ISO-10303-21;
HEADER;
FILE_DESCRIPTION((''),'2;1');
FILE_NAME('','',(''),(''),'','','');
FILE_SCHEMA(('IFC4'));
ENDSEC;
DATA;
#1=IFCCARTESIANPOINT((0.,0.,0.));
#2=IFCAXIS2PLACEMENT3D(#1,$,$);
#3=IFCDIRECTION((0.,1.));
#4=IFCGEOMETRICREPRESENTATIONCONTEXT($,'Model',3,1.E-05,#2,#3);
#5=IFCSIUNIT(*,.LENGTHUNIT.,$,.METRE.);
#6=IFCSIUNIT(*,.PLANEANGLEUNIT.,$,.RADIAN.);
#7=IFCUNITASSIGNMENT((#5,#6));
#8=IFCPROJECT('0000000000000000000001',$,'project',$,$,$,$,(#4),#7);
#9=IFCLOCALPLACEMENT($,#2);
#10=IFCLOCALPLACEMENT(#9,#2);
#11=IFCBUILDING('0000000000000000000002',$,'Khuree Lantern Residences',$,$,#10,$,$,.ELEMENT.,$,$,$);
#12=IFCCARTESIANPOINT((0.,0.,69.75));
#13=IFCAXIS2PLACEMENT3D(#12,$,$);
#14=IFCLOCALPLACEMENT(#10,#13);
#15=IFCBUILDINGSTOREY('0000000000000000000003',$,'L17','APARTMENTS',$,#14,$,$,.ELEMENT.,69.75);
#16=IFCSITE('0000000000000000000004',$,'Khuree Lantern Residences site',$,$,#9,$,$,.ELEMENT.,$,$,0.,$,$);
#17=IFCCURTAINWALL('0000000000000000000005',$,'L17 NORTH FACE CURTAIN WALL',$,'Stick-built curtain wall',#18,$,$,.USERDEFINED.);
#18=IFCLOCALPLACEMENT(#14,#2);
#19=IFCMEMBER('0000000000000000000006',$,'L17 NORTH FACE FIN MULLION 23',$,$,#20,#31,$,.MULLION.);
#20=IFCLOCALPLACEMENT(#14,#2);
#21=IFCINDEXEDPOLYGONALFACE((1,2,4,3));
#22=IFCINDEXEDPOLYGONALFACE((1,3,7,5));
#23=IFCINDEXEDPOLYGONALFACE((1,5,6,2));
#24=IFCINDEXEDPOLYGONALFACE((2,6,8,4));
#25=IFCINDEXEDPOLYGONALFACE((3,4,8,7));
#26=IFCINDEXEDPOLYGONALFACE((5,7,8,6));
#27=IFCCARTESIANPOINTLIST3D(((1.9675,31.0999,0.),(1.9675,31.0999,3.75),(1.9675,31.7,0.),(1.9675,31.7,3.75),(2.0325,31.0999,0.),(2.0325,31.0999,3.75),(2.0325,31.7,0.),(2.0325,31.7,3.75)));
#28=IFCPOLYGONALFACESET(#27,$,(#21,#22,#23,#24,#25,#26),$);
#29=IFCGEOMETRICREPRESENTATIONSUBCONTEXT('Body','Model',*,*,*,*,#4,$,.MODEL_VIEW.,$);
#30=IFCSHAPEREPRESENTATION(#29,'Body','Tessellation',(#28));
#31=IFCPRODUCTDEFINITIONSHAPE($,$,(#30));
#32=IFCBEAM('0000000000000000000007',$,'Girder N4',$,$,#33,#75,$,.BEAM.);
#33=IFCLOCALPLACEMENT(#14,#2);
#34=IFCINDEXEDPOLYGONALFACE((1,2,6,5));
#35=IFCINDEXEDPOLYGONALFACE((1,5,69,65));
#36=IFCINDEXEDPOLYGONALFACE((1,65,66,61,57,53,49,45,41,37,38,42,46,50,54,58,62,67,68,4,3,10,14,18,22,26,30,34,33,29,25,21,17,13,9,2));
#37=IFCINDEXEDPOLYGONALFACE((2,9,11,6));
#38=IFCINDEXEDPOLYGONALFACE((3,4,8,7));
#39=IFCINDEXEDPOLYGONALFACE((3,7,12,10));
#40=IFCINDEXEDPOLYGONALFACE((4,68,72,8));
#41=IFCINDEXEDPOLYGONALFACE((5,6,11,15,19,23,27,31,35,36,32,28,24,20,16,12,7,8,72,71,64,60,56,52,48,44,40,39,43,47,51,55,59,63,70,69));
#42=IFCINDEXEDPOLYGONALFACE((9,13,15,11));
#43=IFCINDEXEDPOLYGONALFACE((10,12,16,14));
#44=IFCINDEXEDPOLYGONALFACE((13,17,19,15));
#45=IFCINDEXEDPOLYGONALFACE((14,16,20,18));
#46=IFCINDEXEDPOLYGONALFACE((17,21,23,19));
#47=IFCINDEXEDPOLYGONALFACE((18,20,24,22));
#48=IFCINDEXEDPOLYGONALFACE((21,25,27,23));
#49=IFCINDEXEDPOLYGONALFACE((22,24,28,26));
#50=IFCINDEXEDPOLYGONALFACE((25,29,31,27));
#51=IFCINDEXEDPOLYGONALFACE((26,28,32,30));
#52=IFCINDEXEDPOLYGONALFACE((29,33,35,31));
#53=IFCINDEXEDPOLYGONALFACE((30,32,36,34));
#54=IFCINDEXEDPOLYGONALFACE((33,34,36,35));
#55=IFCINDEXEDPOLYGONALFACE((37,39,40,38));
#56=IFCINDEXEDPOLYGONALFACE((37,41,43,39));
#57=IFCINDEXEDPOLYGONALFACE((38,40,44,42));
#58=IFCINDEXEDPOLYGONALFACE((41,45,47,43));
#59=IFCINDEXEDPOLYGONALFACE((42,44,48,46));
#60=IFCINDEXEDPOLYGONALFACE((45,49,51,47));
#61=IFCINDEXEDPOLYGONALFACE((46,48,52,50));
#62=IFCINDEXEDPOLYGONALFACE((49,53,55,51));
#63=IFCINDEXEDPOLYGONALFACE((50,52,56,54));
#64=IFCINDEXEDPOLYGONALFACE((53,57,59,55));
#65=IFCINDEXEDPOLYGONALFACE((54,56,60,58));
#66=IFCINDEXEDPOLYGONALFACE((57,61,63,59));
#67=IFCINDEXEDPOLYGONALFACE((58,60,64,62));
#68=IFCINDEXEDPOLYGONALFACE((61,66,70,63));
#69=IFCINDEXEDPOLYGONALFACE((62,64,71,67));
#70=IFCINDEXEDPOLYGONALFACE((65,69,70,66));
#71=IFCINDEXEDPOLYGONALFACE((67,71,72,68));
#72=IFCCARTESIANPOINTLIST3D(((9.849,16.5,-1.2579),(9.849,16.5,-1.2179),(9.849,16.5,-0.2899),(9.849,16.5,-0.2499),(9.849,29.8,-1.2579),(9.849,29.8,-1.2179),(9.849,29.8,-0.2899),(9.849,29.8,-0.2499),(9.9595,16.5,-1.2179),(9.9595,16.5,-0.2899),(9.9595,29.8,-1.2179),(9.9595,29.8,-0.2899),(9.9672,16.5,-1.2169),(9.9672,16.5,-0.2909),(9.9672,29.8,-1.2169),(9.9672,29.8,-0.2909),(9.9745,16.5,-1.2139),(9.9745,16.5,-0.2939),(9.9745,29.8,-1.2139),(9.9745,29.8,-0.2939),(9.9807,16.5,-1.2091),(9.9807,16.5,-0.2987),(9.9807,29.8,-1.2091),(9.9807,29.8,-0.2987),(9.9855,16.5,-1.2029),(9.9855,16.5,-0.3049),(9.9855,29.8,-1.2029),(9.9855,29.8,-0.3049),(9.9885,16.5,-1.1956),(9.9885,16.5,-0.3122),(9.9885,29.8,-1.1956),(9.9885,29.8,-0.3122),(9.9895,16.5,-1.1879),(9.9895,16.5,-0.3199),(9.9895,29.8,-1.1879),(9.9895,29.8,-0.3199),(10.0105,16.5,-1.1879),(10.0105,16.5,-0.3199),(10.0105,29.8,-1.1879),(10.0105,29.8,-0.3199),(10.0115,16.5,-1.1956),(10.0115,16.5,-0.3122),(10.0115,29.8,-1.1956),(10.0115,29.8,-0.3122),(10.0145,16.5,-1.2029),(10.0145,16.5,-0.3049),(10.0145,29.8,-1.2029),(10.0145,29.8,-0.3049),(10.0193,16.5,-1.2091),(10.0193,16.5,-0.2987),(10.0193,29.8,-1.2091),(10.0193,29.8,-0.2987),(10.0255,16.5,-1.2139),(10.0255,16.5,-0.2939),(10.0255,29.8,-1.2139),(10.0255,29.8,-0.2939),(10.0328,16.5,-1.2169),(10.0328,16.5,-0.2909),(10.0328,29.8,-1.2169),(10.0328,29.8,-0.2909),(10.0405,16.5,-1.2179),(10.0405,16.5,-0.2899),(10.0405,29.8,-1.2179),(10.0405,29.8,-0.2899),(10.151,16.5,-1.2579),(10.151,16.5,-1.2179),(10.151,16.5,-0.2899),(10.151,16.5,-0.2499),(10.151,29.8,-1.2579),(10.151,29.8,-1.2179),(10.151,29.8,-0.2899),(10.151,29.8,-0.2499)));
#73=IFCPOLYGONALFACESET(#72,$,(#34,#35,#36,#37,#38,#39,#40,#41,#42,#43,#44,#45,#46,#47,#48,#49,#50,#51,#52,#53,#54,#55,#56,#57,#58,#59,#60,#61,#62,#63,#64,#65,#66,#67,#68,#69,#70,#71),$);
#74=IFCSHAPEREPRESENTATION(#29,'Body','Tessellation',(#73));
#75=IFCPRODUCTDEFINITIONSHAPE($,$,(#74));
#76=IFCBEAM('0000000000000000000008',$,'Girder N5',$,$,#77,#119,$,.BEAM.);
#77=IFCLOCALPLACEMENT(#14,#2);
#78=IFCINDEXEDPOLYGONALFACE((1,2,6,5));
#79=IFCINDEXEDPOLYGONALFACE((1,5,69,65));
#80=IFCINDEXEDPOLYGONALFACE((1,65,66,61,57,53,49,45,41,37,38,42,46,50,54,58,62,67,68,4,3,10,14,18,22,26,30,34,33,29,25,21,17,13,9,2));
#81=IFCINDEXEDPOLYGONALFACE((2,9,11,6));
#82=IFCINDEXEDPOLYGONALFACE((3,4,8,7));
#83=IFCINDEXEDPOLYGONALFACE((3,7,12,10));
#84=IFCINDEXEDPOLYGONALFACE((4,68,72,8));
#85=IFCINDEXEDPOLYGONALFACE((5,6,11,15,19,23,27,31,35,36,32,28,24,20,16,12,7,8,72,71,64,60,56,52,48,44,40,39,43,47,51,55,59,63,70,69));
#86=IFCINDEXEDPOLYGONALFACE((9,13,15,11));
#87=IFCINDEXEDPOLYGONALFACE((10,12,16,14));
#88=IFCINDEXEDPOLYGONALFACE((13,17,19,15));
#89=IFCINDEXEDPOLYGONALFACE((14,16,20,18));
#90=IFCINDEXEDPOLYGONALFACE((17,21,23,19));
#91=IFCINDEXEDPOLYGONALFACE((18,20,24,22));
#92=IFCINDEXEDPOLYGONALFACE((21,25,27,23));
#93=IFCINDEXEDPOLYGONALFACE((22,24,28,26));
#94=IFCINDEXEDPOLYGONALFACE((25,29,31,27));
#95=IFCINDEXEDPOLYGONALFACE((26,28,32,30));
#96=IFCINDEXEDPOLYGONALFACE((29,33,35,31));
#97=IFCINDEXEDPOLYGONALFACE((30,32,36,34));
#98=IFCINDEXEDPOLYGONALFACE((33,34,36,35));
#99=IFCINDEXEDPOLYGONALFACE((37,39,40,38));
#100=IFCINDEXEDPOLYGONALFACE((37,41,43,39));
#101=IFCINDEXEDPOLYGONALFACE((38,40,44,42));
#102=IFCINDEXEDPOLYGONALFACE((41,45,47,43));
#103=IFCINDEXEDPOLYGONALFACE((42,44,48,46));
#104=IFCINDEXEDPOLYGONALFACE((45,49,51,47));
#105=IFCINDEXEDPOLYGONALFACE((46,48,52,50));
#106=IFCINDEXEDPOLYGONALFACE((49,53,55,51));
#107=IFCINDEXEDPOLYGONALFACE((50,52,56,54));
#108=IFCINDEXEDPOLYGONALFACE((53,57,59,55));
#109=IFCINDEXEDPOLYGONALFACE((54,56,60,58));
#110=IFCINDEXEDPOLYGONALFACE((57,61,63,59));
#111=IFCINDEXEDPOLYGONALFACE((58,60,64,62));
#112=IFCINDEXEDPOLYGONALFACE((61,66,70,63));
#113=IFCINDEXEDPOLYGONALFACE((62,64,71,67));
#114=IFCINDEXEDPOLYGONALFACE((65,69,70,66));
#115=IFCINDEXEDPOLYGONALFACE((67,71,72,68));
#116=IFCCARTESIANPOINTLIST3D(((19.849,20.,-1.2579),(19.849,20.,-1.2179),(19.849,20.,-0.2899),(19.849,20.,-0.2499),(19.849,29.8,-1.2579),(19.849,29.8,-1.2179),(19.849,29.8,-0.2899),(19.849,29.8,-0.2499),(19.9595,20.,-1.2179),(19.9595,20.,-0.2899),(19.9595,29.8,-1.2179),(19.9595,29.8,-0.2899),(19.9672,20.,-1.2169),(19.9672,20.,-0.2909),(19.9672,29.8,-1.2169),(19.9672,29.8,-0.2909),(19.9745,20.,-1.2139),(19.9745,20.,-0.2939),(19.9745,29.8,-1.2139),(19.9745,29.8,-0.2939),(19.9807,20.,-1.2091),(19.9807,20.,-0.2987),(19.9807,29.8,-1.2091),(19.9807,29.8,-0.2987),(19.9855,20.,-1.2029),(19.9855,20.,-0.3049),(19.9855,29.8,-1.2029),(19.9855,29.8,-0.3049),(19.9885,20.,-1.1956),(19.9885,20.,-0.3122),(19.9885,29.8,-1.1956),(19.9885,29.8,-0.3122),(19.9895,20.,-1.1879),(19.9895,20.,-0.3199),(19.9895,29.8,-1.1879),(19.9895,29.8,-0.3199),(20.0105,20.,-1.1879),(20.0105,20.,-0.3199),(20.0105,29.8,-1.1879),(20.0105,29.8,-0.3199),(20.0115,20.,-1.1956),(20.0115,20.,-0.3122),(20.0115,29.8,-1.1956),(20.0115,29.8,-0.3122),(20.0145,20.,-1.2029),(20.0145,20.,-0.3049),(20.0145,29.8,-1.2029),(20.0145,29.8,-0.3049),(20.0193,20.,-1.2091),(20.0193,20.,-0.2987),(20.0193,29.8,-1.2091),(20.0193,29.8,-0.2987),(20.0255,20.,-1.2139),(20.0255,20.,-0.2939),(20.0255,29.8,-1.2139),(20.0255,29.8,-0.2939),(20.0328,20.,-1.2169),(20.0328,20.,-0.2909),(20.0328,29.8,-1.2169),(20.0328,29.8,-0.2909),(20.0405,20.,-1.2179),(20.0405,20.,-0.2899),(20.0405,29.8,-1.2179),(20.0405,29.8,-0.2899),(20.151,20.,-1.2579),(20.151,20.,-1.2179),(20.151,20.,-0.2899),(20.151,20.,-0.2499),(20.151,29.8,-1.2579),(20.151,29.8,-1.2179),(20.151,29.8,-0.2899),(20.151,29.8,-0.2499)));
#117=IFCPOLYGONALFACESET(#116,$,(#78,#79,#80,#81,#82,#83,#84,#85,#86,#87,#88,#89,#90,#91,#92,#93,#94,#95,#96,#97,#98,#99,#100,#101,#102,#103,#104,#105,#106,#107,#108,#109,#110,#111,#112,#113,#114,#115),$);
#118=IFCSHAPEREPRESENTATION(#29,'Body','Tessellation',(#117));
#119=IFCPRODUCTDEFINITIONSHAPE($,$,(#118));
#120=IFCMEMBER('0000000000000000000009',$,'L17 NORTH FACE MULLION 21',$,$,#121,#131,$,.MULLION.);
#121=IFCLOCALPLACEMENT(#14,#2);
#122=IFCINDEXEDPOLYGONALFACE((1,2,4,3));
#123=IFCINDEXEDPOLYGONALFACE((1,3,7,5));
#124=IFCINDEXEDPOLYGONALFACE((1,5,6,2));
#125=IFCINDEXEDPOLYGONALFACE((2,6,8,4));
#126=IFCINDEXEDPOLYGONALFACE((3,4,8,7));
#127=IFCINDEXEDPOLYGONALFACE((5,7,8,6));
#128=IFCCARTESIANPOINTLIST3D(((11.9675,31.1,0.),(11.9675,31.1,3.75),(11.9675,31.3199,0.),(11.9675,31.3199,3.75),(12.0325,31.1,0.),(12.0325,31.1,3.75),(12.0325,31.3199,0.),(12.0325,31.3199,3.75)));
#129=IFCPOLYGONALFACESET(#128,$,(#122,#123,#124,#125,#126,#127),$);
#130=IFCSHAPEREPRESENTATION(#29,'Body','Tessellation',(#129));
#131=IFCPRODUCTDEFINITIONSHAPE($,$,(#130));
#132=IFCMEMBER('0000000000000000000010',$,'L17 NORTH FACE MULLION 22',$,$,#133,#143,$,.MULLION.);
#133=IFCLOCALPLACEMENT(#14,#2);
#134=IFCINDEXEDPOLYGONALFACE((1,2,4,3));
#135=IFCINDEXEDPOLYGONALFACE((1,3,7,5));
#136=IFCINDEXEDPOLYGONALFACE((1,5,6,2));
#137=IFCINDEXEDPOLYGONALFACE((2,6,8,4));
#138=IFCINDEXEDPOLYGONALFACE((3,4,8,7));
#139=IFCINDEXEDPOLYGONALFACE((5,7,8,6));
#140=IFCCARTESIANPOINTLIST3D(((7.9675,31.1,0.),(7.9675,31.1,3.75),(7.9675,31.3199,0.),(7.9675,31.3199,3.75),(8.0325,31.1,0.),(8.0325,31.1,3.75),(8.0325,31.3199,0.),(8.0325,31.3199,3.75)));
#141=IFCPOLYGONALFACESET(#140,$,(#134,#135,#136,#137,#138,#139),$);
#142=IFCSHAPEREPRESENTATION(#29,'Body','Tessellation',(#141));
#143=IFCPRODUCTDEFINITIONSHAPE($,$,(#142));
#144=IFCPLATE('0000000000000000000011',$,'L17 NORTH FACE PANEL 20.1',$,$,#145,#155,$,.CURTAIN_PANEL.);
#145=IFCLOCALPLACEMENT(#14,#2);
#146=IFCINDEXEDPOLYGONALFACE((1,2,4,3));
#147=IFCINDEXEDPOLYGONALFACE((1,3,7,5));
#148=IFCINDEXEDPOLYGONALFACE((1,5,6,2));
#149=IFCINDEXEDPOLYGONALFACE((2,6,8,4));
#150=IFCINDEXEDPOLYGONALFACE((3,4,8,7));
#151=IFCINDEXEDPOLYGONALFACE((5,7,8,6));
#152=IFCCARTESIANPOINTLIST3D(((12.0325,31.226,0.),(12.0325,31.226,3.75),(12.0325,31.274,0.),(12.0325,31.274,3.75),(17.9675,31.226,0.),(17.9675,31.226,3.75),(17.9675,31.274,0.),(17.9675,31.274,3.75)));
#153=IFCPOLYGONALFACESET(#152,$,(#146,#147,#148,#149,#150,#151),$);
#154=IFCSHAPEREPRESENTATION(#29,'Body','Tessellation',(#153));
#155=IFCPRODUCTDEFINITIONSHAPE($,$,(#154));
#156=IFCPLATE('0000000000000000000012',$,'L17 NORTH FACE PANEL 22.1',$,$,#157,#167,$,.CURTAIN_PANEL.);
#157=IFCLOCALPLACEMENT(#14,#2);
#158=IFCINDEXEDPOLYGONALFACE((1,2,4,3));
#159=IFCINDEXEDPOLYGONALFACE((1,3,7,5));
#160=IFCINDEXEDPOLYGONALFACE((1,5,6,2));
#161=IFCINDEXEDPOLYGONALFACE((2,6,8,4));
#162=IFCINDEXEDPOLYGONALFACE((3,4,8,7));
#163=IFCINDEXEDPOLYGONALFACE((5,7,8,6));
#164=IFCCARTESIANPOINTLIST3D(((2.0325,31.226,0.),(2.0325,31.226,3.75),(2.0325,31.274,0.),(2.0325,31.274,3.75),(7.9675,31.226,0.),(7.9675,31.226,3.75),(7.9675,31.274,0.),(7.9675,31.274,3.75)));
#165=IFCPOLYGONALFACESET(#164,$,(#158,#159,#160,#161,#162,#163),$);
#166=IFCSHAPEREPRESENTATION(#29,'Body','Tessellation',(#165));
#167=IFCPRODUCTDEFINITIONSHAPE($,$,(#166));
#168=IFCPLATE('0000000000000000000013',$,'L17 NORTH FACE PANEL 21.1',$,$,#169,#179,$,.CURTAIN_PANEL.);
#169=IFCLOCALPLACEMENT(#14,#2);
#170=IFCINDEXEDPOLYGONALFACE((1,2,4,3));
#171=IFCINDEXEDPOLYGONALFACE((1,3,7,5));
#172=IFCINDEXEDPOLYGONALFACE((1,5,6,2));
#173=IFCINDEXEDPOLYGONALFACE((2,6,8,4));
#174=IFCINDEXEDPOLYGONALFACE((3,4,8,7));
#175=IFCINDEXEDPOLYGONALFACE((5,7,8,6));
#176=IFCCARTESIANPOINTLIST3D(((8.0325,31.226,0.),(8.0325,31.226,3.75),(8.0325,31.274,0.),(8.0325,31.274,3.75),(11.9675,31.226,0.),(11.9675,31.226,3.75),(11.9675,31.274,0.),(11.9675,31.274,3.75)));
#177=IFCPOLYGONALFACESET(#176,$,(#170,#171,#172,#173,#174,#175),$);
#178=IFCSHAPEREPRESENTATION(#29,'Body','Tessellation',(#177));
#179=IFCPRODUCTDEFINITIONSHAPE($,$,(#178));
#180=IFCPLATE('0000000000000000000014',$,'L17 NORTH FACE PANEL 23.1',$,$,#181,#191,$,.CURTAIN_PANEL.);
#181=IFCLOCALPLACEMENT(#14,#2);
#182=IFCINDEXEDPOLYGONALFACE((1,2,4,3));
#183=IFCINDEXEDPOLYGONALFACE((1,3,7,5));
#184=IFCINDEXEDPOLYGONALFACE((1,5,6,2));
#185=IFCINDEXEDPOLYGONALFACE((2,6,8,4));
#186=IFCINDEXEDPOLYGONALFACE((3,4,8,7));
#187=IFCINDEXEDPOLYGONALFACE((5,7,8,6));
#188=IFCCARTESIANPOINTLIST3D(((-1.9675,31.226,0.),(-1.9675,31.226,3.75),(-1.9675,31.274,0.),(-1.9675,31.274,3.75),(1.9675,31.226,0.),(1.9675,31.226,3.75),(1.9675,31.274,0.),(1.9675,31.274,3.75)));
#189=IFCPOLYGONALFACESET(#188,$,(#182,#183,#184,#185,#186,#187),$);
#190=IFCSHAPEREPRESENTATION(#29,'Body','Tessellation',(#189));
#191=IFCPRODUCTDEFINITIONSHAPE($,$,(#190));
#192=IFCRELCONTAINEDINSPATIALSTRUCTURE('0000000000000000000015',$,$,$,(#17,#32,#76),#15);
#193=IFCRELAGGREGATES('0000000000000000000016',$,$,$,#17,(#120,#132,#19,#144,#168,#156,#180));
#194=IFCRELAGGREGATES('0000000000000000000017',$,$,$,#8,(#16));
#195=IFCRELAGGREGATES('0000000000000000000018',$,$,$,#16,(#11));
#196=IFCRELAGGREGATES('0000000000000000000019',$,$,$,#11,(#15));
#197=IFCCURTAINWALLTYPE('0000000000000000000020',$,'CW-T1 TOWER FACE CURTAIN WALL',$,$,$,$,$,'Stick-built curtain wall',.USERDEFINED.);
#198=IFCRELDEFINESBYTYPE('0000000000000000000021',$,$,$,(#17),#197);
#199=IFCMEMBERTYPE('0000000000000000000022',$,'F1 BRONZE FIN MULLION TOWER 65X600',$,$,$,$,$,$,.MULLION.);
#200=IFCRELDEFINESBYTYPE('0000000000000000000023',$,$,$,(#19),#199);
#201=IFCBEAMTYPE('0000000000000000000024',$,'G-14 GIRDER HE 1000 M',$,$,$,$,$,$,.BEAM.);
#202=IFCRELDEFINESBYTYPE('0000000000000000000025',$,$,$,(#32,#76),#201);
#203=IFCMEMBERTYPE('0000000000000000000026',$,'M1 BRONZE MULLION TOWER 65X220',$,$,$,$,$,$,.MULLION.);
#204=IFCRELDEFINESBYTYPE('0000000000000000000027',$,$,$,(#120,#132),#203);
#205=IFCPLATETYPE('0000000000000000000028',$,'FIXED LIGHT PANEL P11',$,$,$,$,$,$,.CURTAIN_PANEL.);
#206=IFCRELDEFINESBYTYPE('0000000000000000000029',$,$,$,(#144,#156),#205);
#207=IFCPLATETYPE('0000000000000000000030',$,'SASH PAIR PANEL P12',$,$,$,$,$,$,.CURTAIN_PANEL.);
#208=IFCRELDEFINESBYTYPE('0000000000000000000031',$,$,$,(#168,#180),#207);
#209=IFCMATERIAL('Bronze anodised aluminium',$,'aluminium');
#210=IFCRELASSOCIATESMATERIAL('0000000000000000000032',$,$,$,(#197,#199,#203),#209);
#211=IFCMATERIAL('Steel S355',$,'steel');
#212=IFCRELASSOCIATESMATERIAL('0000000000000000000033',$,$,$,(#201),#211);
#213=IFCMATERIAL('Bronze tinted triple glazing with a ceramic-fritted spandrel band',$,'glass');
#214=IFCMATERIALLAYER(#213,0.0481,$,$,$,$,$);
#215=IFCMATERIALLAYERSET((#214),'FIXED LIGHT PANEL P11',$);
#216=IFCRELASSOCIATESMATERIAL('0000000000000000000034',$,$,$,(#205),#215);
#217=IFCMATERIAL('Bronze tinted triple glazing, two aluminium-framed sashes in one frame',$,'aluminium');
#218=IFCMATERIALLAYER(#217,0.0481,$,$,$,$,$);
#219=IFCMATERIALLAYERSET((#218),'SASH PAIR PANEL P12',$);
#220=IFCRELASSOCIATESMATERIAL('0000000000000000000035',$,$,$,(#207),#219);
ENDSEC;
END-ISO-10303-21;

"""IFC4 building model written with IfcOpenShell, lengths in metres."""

from ifc_helpers import new_model, si_unit, direction, frame, origin, origin_2d, place, context, subcontext, project, spatial, rectangle, i_section, extrude, material, layer, layer_set, material_profile, profile_set, type_object, element, aggregate, save


model = new_model("IFC4")

# Units and contexts
model_context = context("Model", 3, precision=1e-05, world=origin(), true_north=direction((0.0, 1.0)))
body_context = subcontext(model_context, "Body", "Model", "MODEL_VIEW")
ifc_project = project(units=[si_unit("LENGTHUNIT", "METRE"), si_unit("PLANEANGLEUNIT", "RADIAN")], contexts=[model_context])

# Site, building, storey
site_placement = place(None, origin())
site = spatial("IfcSite", under=ifc_project, at=site_placement, Name="Khuree Lantern Residences site", CompositionType="ELEMENT", RefElevation=0.0)
building_placement = place(site_placement, origin())
building = spatial("IfcBuilding", under=site, at=building_placement, Name="Khuree Lantern Residences", CompositionType="ELEMENT")
storey_placement = place(building_placement, frame((0.0, 0.0, 69.75)))
storey = spatial("IfcBuildingStorey", under=building, at=storey_placement, Name="L17", Description="APARTMENTS", CompositionType="ELEMENT", Elevation=69.75)

# Shared definitions
ifc_material_1 = material(Name="Steel S355", Category="steel")

# Curtain wall, member
ifc_material_2 = material(Name="Bronze anodised aluminium", Category="aluminium")
curtain_wall_type = type_object("IfcCurtainWallType", Name="CW-T1 TOWER FACE CURTAIN WALL", ElementType="Stick-built curtain wall", PredefinedType="USERDEFINED", material=ifc_material_2)
curtain_wall_placement = place(storey_placement, origin())
curtain_wall = element("IfcCurtainWall", 1, at=curtain_wall_placement, inside=storey, type_object=curtain_wall_type, Name="L17 NORTH FACE CURTAIN WALL", ObjectType="Stick-built curtain wall", PredefinedType="USERDEFINED")
ifc_material_profile_1 = material_profile(ifc_material_2, rectangle(XDim=0.0649, YDim=0.6001, at=origin_2d()), Name="F1 65X600")
ifc_profile_set_1 = profile_set([ifc_material_profile_1], Name="Bronze anodised aluminium")
member_type_1 = type_object("IfcMemberType", Name="F1 BRONZE FIN MULLION TOWER 65X600", PredefinedType="MULLION", material=ifc_profile_set_1)
member_1_placement = place(storey_placement, frame((2.0, 31.3999, 0.0), z_axis=(0.0, 0.0, 1.0), x_axis=(-1.0, 0.0, 0.0)))
member_1 = element("IfcMember", 2, at=member_1_placement, type_object=member_type_1, Name="L17 NORTH FACE FIN MULLION 23", PredefinedType="MULLION", context=body_context, shape_type="SweptSolid", body=[
    extrude(rectangle(XDim=0.0649, YDim=0.6001, at=origin_2d()), origin(), (0.0, 0.0, 1.0), 3.75),
])

# Beams
ifc_material_profile_2 = material_profile(ifc_material_1, i_section(OverallWidth=0.302, OverallDepth=1.0081, WebThickness=0.021, FlangeThickness=0.04, FilletRadius=0.03, at=origin_2d()), Name="HE 1000 M")
ifc_profile_set_2 = profile_set([ifc_material_profile_2], Name="Steel S355")
beam_type_1 = type_object("IfcBeamType", Name="G-14 GIRDER HE 1000 M", PredefinedType="BEAM", material=ifc_profile_set_2)
beam_1_placement = place(storey_placement, frame((10.0, 29.8, -0.7539), z_axis=(0.0, -1.0, 0.0), x_axis=(1.0, 0.0, 0.0)))
element("IfcBeam", 3, at=beam_1_placement, inside=storey, type_object=beam_type_1, Name="Girder N4", PredefinedType="BEAM", context=body_context, shape_type="SweptSolid", body=[
    extrude(i_section(OverallWidth=0.302, OverallDepth=1.0081, WebThickness=0.021, FlangeThickness=0.04, FilletRadius=0.03, at=origin_2d()), origin(), (0.0, 0.0, 1.0), 13.3),
])
beam_2_placement = place(storey_placement, frame((20.0, 29.8, -0.7539), z_axis=(0.0, -1.0, 0.0), x_axis=(1.0, 0.0, 0.0)))
element("IfcBeam", 4, at=beam_2_placement, inside=storey, type_object=beam_type_1, Name="Girder N5", PredefinedType="BEAM", context=body_context, shape_type="SweptSolid", body=[
    extrude(i_section(OverallWidth=0.302, OverallDepth=1.0081, WebThickness=0.021, FlangeThickness=0.04, FilletRadius=0.03, at=origin_2d()), origin(), (0.0, 0.0, 1.0), 9.8),
])

# Members
ifc_material_profile_3 = material_profile(ifc_material_2, rectangle(XDim=0.0649, YDim=0.22, at=origin_2d()), Name="M1 65X220")
ifc_profile_set_3 = profile_set([ifc_material_profile_3], Name="Bronze anodised aluminium")
member_type_2 = type_object("IfcMemberType", Name="M1 BRONZE MULLION TOWER 65X220", PredefinedType="MULLION", material=ifc_profile_set_3)
member_2_placement = place(storey_placement, frame((12.0, 31.21, 0.0), z_axis=(0.0, 0.0, 1.0), x_axis=(-1.0, 0.0, 0.0)))
member_2 = element("IfcMember", 5, at=member_2_placement, type_object=member_type_2, Name="L17 NORTH FACE MULLION 21", PredefinedType="MULLION", context=body_context, shape_type="SweptSolid", body=[
    extrude(rectangle(XDim=0.0649, YDim=0.22, at=origin_2d()), origin(), (0.0, 0.0, 1.0), 3.75),
])
member_3_placement = place(storey_placement, frame((8.0, 31.21, 0.0), z_axis=(0.0, 0.0, 1.0), x_axis=(-1.0, 0.0, 0.0)))
member_3 = element("IfcMember", 6, at=member_3_placement, type_object=member_type_2, Name="L17 NORTH FACE MULLION 22", PredefinedType="MULLION", context=body_context, shape_type="SweptSolid", body=[
    extrude(rectangle(XDim=0.0649, YDim=0.22, at=origin_2d()), origin(), (0.0, 0.0, 1.0), 3.75),
])

# Plates
ifc_material_3 = material(Name="Bronze tinted triple glazing with a ceramic-fritted spandrel band", Category="glass")
ifc_layer_1 = layer(ifc_material_3, 0.0481)
ifc_layer_set_1 = layer_set([ifc_layer_1], Name="FIXED LIGHT PANEL P11")
plate_type_1 = type_object("IfcPlateType", Name="FIXED LIGHT PANEL P11", PredefinedType="CURTAIN_PANEL", material=ifc_layer_set_1)
plate_1_placement = place(storey_placement, frame((15.0, 31.25, 0.0), z_axis=(0.0, 0.0, 1.0), x_axis=(-1.0, 0.0, 0.0)))
plate_1 = element("IfcPlate", 7, at=plate_1_placement, type_object=plate_type_1, Name="L17 NORTH FACE PANEL 20.1", PredefinedType="CURTAIN_PANEL", context=body_context, shape_type="SweptSolid", body=[
    extrude(rectangle(XDim=5.9351, YDim=0.0481, at=origin_2d()), origin(), (0.0, 0.0, 1.0), 3.75),
])
plate_2_placement = place(storey_placement, frame((5.0, 31.25, 0.0), z_axis=(0.0, 0.0, 1.0), x_axis=(-1.0, 0.0, 0.0)))
plate_2 = element("IfcPlate", 8, at=plate_2_placement, type_object=plate_type_1, Name="L17 NORTH FACE PANEL 22.1", PredefinedType="CURTAIN_PANEL", context=body_context, shape_type="SweptSolid", body=[
    extrude(rectangle(XDim=5.9351, YDim=0.0481, at=origin_2d()), origin(), (0.0, 0.0, 1.0), 3.75),
])
ifc_material_4 = material(Name="Bronze tinted triple glazing, two aluminium-framed sashes in one frame", Category="aluminium")
ifc_layer_2 = layer(ifc_material_4, 0.0481)
ifc_layer_set_2 = layer_set([ifc_layer_2], Name="SASH PAIR PANEL P12")
plate_type_2 = type_object("IfcPlateType", Name="SASH PAIR PANEL P12", PredefinedType="CURTAIN_PANEL", material=ifc_layer_set_2)
plate_3_placement = place(storey_placement, frame((10.0, 31.25, 0.0), z_axis=(0.0, 0.0, 1.0), x_axis=(-1.0, 0.0, 0.0)))
plate_3 = element("IfcPlate", 9, at=plate_3_placement, type_object=plate_type_2, Name="L17 NORTH FACE PANEL 21.1", PredefinedType="CURTAIN_PANEL", context=body_context, shape_type="SweptSolid", body=[
    extrude(rectangle(XDim=3.9351, YDim=0.0481, at=origin_2d()), origin(), (0.0, 0.0, 1.0), 3.75),
])
plate_4_placement = place(storey_placement, frame((0.0, 31.25, 0.0), z_axis=(0.0, 0.0, 1.0), x_axis=(-1.0, 0.0, 0.0)))
plate_4 = element("IfcPlate", 10, at=plate_4_placement, type_object=plate_type_2, Name="L17 NORTH FACE PANEL 23.1", PredefinedType="CURTAIN_PANEL", context=body_context, shape_type="SweptSolid", body=[
    extrude(rectangle(XDim=3.9351, YDim=0.0481, at=origin_2d()), origin(), (0.0, 0.0, 1.0), 3.75),
])
aggregate(curtain_wall, [member_2, member_3, member_1, plate_1, plate_3, plate_2, plate_4])

save(model, "model.ifc")
